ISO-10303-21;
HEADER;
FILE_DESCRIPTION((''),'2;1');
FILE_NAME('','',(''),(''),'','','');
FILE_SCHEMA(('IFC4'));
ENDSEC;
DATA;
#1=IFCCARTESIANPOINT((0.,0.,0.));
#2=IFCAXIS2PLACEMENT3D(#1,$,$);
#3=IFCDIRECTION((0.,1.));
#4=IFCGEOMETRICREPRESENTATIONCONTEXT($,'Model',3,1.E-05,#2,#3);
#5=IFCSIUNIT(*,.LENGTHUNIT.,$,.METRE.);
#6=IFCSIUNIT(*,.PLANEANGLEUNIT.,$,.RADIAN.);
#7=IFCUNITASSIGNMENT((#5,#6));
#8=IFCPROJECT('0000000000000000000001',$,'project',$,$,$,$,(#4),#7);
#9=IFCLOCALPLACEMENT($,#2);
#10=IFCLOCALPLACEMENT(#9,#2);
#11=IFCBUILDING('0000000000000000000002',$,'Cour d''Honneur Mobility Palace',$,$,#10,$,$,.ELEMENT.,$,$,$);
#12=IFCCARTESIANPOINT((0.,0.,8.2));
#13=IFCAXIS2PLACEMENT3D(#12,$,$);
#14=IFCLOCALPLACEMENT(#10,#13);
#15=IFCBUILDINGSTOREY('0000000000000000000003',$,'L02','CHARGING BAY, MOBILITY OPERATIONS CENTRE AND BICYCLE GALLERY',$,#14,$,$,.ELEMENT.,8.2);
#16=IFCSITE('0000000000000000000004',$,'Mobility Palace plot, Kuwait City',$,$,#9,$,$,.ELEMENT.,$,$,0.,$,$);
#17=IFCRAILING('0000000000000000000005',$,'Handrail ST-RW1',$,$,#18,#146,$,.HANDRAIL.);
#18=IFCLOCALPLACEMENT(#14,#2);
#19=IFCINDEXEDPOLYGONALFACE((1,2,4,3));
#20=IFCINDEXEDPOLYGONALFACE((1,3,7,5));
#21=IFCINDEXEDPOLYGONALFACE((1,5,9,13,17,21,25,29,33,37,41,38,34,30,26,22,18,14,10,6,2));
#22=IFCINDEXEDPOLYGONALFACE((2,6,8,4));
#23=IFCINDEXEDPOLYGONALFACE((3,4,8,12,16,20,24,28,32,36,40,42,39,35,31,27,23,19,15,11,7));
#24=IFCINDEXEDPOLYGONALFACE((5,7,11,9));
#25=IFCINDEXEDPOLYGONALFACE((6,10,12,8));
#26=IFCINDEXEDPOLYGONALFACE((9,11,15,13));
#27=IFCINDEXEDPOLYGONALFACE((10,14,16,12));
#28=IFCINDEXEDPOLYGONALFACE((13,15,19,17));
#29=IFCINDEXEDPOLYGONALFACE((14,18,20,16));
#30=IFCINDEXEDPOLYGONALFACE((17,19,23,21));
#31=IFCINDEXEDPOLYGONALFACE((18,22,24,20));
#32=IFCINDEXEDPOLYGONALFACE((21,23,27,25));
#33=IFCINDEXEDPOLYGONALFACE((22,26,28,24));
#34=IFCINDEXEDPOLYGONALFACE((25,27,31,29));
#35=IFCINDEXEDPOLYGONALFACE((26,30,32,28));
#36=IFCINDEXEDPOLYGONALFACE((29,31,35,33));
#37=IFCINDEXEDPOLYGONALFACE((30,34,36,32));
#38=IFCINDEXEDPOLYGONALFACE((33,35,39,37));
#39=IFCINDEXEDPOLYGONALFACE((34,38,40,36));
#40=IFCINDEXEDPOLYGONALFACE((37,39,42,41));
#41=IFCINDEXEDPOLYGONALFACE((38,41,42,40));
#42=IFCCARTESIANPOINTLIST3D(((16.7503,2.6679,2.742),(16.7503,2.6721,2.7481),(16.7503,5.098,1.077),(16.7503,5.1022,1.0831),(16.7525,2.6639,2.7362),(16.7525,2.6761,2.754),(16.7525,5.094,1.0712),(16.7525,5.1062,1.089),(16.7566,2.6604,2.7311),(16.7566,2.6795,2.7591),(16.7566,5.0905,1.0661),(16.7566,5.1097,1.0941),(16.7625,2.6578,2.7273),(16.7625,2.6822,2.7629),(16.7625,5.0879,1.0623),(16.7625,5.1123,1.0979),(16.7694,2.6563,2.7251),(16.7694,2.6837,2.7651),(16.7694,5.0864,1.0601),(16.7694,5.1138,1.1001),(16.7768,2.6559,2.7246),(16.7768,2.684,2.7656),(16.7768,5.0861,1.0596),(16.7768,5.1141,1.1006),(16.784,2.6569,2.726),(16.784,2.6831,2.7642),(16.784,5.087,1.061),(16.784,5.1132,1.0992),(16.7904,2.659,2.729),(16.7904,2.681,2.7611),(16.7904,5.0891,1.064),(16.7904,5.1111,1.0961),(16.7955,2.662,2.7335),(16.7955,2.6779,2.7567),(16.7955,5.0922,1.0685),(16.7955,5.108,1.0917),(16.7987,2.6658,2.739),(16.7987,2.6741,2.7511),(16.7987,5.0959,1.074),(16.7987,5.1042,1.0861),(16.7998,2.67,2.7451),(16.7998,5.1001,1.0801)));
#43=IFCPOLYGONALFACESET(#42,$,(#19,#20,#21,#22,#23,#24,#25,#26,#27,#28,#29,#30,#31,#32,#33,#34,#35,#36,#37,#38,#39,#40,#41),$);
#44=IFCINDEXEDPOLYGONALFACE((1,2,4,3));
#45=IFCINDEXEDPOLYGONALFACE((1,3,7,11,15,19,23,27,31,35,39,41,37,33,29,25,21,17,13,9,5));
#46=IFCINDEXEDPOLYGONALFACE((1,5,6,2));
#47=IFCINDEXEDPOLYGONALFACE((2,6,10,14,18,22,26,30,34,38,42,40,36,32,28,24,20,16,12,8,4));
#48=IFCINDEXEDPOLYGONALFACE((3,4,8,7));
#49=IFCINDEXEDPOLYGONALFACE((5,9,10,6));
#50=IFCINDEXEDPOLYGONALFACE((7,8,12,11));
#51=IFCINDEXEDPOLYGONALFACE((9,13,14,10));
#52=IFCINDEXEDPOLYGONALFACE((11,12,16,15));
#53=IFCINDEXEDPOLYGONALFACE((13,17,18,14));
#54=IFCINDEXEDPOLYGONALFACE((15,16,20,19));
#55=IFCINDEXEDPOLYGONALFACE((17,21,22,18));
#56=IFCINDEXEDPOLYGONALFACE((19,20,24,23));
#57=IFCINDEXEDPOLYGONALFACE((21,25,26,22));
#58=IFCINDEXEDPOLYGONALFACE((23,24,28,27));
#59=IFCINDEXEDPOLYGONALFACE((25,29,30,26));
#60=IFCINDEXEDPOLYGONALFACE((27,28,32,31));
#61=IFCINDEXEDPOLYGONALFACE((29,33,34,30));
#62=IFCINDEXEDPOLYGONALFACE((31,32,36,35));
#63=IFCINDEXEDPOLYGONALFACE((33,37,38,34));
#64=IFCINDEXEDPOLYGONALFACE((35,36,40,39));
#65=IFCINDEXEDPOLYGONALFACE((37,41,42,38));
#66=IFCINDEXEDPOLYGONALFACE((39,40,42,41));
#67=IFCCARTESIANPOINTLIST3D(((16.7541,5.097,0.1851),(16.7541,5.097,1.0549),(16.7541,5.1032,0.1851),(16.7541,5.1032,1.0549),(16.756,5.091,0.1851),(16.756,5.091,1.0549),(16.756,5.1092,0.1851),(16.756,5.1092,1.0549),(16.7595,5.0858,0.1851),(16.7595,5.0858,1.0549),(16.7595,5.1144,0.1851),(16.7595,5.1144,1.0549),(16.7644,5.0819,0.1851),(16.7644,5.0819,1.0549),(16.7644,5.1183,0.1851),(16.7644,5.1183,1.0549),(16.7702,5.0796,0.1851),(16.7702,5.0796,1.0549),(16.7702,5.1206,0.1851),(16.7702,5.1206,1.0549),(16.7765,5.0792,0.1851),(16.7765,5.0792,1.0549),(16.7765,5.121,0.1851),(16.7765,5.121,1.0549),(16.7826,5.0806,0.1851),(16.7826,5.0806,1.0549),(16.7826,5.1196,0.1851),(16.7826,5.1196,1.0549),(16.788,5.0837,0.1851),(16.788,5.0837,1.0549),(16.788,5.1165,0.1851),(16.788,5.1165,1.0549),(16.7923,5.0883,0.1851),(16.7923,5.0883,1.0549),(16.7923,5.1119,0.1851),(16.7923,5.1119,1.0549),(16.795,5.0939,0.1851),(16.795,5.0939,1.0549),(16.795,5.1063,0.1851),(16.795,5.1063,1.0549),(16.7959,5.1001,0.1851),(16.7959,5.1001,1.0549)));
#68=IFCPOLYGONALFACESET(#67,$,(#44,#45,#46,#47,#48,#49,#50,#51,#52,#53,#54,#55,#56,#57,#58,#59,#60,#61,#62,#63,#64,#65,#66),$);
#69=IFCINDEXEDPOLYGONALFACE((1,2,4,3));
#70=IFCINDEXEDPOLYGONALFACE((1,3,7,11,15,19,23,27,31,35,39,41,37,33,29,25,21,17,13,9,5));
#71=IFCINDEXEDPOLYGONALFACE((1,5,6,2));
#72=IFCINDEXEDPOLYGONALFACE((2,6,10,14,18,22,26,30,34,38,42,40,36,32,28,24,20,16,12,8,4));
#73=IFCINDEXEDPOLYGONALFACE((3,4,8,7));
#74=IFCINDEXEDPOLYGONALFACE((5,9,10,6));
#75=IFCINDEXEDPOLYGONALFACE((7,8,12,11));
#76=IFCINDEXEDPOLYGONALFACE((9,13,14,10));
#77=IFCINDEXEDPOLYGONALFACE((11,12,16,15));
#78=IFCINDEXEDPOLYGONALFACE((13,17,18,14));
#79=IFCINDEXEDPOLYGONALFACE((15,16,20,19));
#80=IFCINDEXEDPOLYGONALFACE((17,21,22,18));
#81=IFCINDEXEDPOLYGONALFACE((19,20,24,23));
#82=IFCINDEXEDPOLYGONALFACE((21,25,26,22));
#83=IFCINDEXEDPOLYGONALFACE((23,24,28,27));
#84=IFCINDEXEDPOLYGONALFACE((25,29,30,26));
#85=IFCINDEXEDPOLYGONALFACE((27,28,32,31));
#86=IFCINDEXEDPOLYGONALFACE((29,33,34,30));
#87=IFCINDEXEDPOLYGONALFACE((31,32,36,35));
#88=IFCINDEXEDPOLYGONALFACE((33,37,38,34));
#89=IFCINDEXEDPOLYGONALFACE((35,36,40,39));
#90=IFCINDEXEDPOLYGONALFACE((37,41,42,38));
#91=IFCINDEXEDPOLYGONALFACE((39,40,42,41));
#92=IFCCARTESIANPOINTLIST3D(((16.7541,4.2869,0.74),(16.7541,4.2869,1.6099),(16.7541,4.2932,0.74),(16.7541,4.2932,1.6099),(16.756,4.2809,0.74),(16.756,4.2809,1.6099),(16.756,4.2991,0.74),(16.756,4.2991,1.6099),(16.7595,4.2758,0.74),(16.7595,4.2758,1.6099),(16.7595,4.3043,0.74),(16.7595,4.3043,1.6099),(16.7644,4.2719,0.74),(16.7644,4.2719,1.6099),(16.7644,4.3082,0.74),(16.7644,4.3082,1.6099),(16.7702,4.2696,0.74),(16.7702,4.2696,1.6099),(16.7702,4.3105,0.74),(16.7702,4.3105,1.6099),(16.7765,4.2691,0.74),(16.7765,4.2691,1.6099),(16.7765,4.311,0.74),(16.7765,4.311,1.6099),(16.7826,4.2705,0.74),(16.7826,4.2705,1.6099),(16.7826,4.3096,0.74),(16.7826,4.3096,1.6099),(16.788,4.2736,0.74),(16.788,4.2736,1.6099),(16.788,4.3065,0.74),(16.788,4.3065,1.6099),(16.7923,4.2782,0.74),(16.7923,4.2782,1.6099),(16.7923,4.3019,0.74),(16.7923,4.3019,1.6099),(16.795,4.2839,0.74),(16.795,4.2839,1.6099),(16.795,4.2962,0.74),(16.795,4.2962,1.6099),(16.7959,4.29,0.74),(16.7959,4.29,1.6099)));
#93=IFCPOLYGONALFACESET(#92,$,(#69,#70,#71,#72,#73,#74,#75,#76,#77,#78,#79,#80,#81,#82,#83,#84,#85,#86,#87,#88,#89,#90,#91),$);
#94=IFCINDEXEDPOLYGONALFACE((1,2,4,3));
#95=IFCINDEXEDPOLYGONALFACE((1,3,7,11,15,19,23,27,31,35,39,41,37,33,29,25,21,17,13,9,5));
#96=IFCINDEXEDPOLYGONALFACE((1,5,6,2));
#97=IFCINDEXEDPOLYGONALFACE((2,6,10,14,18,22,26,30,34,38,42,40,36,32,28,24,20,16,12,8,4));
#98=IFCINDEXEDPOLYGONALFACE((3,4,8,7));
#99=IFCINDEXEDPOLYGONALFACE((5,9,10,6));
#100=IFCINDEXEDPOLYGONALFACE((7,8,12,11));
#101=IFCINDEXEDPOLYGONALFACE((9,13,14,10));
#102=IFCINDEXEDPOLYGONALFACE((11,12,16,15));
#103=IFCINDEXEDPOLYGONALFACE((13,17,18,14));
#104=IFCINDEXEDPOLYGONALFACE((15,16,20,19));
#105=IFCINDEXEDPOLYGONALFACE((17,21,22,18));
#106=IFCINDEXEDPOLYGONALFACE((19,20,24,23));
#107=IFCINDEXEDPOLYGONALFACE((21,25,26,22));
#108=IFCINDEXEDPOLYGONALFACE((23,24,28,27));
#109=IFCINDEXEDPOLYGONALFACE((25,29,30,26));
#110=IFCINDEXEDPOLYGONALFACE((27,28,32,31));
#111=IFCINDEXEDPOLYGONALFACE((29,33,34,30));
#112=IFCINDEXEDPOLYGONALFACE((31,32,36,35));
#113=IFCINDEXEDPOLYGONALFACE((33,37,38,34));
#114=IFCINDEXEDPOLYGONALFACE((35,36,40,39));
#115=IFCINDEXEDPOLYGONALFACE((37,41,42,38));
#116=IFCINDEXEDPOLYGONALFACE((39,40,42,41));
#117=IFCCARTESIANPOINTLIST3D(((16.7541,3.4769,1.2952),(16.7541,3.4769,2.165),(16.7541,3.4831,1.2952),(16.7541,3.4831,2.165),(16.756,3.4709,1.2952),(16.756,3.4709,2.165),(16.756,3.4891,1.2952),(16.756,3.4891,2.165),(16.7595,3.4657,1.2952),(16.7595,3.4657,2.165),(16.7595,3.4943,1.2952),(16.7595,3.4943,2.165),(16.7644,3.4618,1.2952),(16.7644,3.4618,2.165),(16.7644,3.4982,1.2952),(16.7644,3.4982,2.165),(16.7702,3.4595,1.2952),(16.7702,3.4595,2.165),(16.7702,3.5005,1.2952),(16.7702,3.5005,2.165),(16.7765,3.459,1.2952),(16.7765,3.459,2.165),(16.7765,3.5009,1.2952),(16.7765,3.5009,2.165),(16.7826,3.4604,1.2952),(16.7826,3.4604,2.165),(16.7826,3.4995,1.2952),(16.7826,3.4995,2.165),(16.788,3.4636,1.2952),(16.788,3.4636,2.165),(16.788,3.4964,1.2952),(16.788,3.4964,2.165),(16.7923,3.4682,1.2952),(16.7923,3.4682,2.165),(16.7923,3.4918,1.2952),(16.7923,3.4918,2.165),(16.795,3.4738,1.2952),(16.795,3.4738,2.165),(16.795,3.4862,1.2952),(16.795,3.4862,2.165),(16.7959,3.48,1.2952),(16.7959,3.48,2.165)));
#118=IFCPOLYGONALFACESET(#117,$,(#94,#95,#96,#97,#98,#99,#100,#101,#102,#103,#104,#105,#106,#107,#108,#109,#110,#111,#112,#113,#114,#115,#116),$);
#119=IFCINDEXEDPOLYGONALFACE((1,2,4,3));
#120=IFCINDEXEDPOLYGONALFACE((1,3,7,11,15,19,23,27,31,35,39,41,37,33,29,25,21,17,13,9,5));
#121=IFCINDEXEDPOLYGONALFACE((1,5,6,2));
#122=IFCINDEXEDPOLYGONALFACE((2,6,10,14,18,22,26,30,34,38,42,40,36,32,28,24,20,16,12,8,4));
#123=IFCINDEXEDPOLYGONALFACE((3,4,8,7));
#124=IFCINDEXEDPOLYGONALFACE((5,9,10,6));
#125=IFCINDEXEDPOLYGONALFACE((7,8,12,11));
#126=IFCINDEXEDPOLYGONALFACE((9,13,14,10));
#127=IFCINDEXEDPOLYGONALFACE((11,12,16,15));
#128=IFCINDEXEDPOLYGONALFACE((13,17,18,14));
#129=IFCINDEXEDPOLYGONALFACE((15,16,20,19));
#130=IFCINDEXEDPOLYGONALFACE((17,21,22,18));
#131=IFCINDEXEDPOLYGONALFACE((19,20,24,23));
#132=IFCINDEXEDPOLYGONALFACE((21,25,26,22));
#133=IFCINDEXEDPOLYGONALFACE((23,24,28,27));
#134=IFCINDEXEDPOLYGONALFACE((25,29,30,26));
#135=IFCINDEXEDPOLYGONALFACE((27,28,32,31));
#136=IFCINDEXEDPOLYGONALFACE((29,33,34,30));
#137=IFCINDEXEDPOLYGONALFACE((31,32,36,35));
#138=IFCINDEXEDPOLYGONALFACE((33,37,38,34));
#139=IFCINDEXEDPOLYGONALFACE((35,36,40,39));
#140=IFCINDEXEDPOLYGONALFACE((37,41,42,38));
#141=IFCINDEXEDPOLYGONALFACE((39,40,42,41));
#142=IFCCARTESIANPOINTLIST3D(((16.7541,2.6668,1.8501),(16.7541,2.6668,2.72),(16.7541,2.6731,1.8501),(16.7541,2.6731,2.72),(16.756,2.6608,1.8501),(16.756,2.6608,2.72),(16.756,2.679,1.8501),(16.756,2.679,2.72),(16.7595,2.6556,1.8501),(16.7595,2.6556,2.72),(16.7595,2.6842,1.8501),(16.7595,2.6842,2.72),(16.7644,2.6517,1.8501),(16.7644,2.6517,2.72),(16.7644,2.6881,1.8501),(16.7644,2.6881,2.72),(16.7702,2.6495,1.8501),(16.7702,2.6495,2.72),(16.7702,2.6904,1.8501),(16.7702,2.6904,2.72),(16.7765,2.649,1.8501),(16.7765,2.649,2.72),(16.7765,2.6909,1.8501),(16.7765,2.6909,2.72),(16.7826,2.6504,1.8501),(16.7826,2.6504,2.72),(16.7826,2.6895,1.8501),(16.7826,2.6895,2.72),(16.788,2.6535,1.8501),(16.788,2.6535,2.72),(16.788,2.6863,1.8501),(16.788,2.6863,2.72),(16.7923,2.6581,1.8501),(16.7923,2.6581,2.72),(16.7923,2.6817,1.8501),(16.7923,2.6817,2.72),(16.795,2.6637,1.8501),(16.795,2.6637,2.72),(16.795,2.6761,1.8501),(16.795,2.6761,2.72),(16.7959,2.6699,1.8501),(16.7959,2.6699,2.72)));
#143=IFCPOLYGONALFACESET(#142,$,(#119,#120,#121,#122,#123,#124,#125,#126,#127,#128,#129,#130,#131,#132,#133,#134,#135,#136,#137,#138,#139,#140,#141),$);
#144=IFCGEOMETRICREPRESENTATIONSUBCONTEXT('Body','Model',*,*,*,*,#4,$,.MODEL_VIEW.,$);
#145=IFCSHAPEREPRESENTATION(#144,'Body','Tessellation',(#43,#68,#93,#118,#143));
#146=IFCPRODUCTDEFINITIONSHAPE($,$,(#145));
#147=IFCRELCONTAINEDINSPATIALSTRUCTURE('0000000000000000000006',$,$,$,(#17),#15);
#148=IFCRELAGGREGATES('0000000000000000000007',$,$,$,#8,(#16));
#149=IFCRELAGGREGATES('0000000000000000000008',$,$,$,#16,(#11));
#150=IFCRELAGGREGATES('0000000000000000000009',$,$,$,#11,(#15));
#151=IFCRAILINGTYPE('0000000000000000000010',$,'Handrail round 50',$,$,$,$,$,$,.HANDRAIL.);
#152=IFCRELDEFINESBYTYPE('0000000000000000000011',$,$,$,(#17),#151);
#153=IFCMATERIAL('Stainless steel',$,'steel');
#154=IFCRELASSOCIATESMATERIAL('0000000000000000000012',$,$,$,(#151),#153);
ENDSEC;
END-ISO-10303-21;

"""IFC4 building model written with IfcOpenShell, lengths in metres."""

from ifc_helpers import new_model, si_unit, direction, frame, origin, origin_2d, place, context, subcontext, project, spatial, circle, extrude, material, type_object, element, save


model = new_model("IFC4")

# Units and contexts
model_context = context("Model", 3, precision=1e-05, world=origin(), true_north=direction((0.0, 1.0)))
body_context = subcontext(model_context, "Body", "Model", "MODEL_VIEW")
ifc_project = project(units=[si_unit("LENGTHUNIT", "METRE"), si_unit("PLANEANGLEUNIT", "RADIAN")], contexts=[model_context])

# Site, building, storey
site_placement = place(None, origin())
site = spatial("IfcSite", under=ifc_project, at=site_placement, Name="Mobility Palace plot, Kuwait City", CompositionType="ELEMENT", RefElevation=0.0)
building_placement = place(site_placement, origin())
building = spatial("IfcBuilding", under=site, at=building_placement, Name="Cour d'Honneur Mobility Palace", CompositionType="ELEMENT")
storey_placement = place(building_placement, frame((0.0, 0.0, 8.2)))
storey = spatial("IfcBuildingStorey", under=building, at=storey_placement, Name="L02", Description="CHARGING BAY, MOBILITY OPERATIONS CENTRE AND BICYCLE GALLERY", CompositionType="ELEMENT", Elevation=8.2)

# Railing
ifc_material_1 = material(Name="Stainless steel", Category="steel")
railing_type_1 = type_object("IfcRailingType", Name="Handrail round 50", PredefinedType="HANDRAIL", material=ifc_material_1)
for number, where, name in (
    (1, (16.7749, 5.1001, 0.1851), "Handrail ST-RW1"),
):
    element("IfcRailing", number, at=place(storey_placement, frame(where)), inside=storey, type_object=railing_type_1, Name=name, PredefinedType="HANDRAIL", context=body_context, shape_type="SweptSolid", body=[
        extrude(circle(Radius=0.0249, at=origin_2d()), frame((0.0, 0.0, 0.895), z_axis=(0.0, -0.824945, 0.565213), x_axis=(1.0, 0.0, 0.0)), (0.0, 0.0, 1.0), 2.9458),
        extrude(circle(Radius=0.021, at=origin_2d()), origin(), (0.0, 0.0, 1.0), 0.8699),
        extrude(circle(Radius=0.021, at=origin_2d()), frame((0.0, -0.8101, 0.5549)), (0.0, 0.0, 1.0), 0.8699),
        extrude(circle(Radius=0.021, at=origin_2d()), frame((0.0, -1.6201, 1.1101)), (0.0, 0.0, 1.0), 0.8699),
        extrude(circle(Radius=0.021, at=origin_2d()), frame((0.0, -2.4302, 1.665)), (0.0, 0.0, 1.0), 0.8699),
    ])

save(model, "model.ifc")
